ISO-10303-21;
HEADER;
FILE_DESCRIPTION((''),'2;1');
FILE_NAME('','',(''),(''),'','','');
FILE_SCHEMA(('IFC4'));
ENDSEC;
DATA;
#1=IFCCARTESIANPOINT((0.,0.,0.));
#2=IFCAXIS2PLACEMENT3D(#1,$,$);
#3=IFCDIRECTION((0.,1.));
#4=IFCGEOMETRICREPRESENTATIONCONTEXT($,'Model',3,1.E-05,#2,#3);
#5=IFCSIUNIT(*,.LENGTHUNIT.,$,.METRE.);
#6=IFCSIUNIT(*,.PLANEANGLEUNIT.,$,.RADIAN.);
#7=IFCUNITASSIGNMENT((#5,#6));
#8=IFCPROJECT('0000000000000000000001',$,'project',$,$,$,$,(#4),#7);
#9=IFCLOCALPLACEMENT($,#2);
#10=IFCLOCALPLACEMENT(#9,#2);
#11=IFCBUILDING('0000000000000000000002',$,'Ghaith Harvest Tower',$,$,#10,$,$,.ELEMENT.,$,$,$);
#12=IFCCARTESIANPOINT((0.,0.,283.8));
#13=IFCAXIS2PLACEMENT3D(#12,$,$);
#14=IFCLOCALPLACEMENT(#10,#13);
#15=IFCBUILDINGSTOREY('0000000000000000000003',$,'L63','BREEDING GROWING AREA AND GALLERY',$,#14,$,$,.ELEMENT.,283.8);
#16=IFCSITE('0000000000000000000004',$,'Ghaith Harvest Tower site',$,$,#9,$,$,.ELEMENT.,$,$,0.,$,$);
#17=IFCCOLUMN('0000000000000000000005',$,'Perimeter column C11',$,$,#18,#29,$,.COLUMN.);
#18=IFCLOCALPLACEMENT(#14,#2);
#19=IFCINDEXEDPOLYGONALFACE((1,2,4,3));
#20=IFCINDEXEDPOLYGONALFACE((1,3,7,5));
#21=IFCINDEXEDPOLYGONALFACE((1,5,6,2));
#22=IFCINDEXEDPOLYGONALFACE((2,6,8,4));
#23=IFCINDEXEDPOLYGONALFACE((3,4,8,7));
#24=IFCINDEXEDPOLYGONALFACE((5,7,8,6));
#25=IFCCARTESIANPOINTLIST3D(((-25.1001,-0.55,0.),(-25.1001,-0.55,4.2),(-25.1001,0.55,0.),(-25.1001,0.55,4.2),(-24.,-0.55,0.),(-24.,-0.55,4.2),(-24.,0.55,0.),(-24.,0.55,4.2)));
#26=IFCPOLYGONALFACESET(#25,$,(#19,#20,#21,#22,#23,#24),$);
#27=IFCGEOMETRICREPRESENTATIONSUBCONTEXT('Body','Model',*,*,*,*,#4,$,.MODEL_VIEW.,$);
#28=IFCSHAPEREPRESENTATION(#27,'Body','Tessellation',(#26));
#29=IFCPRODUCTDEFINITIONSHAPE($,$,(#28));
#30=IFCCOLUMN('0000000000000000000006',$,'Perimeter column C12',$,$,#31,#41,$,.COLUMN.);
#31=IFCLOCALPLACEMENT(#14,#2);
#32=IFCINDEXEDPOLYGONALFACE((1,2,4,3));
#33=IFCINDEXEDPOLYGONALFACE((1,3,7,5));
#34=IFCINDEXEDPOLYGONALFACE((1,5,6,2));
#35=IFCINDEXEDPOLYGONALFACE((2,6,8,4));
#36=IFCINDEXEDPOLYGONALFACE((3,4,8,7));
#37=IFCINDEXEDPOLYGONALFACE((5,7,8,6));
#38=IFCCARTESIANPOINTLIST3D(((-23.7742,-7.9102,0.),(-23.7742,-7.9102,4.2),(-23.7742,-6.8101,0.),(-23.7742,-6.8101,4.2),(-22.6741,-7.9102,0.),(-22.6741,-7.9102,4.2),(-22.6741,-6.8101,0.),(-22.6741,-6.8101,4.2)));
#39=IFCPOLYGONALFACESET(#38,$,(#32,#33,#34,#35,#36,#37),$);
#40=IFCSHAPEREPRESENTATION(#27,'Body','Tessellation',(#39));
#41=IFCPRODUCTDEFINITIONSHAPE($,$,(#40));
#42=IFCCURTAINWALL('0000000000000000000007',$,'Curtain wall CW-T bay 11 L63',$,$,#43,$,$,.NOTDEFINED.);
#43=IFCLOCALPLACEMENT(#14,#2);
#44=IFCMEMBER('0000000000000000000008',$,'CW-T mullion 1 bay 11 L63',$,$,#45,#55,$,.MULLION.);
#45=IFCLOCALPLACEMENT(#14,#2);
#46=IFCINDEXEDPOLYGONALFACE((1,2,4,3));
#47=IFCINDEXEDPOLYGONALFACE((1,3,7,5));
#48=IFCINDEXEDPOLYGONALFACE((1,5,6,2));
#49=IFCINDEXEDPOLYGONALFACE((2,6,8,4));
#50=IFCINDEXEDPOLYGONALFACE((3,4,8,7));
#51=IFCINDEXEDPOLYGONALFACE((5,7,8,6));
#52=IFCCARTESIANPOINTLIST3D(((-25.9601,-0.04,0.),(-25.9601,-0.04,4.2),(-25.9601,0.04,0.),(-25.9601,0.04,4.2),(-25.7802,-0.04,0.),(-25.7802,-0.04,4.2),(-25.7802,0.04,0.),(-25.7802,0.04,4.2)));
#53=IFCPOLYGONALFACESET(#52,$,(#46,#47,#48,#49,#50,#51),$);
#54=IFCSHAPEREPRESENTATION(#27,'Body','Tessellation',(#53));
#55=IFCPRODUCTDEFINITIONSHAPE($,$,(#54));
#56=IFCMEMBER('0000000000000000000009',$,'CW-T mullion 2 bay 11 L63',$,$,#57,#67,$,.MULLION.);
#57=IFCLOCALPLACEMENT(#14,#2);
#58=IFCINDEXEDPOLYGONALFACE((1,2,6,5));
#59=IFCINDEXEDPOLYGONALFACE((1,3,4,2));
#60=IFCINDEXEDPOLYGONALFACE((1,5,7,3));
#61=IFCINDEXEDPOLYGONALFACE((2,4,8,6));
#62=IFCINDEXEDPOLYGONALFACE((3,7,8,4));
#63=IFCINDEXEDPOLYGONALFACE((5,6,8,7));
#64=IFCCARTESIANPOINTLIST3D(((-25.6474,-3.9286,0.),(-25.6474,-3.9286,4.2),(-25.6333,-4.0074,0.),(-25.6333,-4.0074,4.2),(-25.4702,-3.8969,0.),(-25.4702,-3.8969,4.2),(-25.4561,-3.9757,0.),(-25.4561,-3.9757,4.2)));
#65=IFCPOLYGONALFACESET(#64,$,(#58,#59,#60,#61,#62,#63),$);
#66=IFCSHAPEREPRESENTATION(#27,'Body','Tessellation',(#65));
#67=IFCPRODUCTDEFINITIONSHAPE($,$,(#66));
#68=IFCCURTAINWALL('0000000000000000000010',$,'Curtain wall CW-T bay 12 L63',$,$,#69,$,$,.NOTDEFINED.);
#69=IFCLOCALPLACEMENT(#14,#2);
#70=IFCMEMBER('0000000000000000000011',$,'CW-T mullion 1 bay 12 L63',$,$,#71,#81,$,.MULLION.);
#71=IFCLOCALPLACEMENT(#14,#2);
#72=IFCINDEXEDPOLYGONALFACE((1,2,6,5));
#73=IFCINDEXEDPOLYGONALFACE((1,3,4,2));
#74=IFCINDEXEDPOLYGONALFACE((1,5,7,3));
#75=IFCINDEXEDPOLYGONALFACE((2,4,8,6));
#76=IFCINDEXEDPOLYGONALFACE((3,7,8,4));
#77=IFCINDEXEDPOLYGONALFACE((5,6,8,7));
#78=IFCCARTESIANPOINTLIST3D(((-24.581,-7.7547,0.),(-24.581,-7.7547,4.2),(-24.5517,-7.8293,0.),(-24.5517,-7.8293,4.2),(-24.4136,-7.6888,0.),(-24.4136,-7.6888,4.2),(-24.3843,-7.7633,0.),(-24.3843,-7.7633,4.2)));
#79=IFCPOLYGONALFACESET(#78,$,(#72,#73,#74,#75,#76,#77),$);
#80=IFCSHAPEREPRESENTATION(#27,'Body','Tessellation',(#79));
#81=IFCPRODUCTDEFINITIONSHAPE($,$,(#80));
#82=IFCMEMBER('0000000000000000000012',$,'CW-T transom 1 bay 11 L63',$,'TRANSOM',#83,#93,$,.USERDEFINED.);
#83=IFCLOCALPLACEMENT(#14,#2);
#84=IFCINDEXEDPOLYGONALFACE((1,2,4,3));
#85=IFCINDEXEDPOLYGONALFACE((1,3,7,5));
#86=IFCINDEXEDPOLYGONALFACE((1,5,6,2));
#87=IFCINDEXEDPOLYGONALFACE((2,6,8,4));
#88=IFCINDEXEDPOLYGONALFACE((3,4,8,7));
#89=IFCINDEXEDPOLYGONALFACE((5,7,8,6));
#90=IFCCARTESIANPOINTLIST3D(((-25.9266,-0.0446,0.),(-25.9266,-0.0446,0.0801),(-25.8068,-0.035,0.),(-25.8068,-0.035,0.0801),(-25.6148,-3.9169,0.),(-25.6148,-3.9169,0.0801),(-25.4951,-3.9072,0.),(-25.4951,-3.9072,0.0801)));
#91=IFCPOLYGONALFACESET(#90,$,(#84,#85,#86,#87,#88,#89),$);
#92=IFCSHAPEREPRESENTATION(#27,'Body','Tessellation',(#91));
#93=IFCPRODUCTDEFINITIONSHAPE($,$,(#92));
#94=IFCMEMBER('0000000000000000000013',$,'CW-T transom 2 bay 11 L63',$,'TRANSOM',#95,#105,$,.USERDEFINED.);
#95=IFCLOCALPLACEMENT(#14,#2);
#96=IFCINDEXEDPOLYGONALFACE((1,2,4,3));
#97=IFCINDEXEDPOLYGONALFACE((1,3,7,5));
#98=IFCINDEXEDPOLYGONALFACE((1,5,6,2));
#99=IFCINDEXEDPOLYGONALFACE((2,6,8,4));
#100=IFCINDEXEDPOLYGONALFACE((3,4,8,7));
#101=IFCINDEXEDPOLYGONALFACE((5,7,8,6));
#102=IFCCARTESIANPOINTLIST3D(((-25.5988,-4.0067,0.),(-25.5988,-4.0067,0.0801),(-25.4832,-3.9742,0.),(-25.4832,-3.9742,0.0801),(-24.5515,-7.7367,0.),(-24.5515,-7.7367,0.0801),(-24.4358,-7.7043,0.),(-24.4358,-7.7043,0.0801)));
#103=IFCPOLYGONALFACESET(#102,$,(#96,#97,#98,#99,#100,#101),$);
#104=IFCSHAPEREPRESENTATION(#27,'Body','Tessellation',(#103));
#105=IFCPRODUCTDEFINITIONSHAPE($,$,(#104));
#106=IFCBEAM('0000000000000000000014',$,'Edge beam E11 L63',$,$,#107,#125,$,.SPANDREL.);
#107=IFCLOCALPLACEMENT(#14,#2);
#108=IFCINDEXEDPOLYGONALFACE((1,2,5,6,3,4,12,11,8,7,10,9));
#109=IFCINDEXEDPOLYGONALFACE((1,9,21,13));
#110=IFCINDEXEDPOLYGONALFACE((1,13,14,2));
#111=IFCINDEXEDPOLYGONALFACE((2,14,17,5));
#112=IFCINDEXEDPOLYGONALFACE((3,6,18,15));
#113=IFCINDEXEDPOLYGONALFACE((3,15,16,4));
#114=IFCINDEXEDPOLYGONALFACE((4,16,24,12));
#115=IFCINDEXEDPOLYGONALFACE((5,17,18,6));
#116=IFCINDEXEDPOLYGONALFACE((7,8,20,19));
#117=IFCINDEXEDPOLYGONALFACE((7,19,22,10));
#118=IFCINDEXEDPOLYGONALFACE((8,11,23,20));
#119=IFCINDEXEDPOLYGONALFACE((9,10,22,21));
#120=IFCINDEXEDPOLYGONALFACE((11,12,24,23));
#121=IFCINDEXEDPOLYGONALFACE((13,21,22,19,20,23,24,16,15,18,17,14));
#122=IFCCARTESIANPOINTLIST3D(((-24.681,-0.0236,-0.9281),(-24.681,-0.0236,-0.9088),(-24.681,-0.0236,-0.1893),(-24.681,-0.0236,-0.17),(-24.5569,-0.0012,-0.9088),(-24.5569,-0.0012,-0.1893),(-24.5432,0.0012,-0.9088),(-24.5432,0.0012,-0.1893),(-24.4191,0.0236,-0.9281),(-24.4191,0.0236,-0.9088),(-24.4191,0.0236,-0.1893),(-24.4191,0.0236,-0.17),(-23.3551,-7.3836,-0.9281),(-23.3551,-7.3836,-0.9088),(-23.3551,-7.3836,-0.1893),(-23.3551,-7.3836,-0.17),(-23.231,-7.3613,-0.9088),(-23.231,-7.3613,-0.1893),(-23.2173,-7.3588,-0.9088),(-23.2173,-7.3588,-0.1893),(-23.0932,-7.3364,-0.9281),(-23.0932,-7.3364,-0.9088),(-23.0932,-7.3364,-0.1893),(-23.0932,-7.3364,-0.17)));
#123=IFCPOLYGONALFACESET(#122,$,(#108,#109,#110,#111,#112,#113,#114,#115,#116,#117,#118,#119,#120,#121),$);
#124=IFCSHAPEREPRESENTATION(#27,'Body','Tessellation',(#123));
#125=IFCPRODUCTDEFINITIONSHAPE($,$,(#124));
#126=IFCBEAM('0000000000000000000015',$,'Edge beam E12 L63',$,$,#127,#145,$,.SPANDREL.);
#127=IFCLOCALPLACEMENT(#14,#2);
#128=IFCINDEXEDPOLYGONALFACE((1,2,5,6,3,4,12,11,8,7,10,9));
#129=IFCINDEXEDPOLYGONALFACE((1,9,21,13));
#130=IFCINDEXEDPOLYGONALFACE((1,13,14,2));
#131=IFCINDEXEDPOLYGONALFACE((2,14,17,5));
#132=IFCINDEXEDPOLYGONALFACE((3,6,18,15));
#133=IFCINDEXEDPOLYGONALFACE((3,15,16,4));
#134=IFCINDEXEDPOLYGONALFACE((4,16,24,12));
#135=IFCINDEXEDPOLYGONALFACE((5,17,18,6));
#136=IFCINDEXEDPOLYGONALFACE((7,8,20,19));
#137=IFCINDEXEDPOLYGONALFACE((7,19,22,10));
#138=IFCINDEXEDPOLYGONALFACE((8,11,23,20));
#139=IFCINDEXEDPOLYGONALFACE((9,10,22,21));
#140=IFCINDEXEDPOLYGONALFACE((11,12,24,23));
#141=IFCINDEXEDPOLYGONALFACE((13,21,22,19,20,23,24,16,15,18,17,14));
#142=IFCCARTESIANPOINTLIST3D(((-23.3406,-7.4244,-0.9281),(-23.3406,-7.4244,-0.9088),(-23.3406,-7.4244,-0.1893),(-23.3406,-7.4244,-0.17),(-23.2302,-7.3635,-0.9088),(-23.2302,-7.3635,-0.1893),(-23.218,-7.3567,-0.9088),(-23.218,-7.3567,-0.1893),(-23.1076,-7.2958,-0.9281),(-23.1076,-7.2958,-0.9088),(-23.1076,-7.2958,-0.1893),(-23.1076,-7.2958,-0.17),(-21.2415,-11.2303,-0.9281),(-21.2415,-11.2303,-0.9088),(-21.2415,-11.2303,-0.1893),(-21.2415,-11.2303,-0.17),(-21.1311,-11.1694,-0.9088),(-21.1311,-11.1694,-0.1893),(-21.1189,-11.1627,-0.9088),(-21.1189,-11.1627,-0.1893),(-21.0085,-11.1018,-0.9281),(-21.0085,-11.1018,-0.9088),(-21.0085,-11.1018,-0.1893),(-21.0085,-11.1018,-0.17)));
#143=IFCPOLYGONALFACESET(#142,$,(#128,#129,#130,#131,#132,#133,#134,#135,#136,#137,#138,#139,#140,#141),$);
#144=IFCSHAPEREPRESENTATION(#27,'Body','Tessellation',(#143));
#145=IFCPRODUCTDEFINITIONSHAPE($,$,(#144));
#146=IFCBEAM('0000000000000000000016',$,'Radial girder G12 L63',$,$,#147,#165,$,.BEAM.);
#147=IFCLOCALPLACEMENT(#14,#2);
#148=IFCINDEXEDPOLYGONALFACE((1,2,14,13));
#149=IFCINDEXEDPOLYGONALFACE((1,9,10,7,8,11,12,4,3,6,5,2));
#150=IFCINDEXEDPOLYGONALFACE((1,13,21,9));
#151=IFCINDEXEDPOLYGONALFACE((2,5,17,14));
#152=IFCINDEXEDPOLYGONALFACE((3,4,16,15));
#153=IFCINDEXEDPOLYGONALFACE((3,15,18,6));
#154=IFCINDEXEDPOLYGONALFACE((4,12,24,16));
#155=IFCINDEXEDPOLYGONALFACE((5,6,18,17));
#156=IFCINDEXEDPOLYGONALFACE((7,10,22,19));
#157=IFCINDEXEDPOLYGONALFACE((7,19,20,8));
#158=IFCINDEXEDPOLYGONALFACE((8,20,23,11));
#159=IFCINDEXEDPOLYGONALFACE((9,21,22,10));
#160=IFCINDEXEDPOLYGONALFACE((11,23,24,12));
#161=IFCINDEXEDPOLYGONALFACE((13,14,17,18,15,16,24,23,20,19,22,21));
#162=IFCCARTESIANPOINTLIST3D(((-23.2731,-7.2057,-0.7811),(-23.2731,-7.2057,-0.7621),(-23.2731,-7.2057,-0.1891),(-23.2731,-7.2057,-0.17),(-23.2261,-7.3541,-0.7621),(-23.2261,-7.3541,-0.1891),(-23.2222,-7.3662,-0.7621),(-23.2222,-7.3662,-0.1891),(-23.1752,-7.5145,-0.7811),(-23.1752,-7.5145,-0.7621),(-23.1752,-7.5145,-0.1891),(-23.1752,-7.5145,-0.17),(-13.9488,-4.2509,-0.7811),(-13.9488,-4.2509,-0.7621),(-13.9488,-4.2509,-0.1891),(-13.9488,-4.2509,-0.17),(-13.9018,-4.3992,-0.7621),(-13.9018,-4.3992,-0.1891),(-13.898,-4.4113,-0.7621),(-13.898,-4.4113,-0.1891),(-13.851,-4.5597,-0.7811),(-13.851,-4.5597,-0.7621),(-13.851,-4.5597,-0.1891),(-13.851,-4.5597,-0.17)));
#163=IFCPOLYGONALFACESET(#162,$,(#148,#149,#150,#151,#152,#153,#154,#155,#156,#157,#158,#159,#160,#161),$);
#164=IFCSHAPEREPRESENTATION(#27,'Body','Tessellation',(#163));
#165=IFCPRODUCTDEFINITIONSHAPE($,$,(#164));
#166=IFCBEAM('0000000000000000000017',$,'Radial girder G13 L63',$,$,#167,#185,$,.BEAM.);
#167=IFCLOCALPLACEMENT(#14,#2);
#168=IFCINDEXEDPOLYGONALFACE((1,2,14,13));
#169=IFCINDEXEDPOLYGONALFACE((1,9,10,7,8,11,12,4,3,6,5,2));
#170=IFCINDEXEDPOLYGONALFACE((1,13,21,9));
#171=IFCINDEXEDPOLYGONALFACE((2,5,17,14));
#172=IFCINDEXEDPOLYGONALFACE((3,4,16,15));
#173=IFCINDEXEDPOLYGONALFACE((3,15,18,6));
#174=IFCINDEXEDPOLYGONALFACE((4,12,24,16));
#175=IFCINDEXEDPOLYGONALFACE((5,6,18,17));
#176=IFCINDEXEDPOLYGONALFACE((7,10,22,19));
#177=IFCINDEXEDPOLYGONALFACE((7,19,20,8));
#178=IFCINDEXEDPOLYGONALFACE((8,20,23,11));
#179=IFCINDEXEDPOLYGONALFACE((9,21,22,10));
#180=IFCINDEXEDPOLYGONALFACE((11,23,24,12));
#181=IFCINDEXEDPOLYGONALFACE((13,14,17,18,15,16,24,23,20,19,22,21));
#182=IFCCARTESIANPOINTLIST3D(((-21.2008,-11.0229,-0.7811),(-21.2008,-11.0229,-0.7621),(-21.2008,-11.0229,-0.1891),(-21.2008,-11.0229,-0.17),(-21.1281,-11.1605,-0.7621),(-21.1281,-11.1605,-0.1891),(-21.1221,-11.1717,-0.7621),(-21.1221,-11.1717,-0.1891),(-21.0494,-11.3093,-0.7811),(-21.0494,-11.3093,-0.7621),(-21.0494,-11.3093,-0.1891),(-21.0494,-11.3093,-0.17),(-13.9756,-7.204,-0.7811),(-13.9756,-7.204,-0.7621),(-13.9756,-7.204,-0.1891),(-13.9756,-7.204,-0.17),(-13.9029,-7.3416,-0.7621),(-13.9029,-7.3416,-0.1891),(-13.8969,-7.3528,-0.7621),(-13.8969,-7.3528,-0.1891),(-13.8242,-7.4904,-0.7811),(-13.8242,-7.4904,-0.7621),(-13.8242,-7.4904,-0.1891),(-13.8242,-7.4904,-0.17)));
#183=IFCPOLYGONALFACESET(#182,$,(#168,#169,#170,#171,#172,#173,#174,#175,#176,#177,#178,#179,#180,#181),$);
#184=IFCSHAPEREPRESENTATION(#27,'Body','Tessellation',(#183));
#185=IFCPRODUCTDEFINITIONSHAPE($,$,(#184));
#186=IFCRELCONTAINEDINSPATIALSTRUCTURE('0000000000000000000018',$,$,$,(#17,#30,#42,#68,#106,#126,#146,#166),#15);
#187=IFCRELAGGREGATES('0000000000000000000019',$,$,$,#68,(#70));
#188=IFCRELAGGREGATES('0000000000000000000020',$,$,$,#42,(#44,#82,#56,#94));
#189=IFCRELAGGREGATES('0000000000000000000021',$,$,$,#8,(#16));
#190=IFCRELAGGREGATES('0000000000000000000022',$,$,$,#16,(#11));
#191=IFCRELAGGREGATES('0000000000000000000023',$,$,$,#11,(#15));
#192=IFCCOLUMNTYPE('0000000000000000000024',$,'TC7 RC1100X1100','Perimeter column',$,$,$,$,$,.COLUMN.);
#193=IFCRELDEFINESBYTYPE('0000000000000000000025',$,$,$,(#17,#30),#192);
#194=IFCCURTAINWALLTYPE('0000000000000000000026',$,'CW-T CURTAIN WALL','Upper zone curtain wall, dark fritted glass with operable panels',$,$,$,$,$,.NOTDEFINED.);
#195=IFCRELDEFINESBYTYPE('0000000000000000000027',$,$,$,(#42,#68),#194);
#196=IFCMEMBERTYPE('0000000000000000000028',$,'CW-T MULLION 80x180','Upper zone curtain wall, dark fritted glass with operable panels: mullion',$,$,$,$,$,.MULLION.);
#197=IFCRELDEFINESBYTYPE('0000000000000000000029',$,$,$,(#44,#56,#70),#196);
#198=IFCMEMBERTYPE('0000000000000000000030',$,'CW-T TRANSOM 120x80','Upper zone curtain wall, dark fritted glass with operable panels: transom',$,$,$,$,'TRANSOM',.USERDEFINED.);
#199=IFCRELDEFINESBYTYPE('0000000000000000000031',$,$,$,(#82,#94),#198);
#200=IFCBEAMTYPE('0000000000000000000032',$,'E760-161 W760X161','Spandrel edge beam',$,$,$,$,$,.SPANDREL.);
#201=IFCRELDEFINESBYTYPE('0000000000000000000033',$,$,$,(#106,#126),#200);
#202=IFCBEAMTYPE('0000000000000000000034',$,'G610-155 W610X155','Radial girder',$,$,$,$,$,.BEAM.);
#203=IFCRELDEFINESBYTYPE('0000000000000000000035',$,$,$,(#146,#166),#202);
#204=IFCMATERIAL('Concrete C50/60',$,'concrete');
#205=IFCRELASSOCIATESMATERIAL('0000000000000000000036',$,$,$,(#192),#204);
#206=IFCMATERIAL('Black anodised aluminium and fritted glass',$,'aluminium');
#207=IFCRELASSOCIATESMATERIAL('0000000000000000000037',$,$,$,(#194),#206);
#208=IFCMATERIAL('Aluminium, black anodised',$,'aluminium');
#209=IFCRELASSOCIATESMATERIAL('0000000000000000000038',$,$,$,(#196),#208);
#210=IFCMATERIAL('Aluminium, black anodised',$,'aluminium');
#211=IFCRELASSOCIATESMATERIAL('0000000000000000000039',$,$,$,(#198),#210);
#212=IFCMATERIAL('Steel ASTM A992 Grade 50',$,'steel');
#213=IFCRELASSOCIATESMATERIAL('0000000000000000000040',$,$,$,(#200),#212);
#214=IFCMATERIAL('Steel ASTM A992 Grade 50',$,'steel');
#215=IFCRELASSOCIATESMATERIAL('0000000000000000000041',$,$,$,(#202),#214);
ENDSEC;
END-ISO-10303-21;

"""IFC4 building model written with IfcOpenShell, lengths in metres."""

from ifc_helpers import new_model, si_unit, direction, frame, origin, origin_2d, place, context, subcontext, project, spatial, rectangle, i_section, extrude, material, material_profile, profile_set, type_object, element, aggregate, save


model = new_model("IFC4")

# Units and contexts
model_context = context("Model", 3, precision=1e-05, world=origin(), true_north=direction((0.0, 1.0)))
body_context = subcontext(model_context, "Body", "Model", "MODEL_VIEW")
ifc_project = project(units=[si_unit("LENGTHUNIT", "METRE"), si_unit("PLANEANGLEUNIT", "RADIAN")], contexts=[model_context])

# Site, building, storey
site_placement = place(None, origin())
site = spatial("IfcSite", under=ifc_project, at=site_placement, Name="Ghaith Harvest Tower site", CompositionType="ELEMENT", RefElevation=0.0)
building_placement = place(site_placement, origin())
building = spatial("IfcBuilding", under=site, at=building_placement, Name="Ghaith Harvest Tower", CompositionType="ELEMENT")
storey_placement = place(building_placement, frame((0.0, 0.0, 283.8)))
storey = spatial("IfcBuildingStorey", under=building, at=storey_placement, Name="L63", Description="BREEDING GROWING AREA AND GALLERY", CompositionType="ELEMENT", Elevation=283.8)

# Columns
ifc_material_1 = material(Name="Concrete C50/60", Category="concrete")
ifc_material_profile_1 = material_profile(ifc_material_1, rectangle(XDim=1.1001, YDim=1.1001, at=origin_2d()), Name="RC1100X1100")
ifc_profile_set_1 = profile_set([ifc_material_profile_1], Name="Concrete C50/60")
column_type = type_object("IfcColumnType", Name="TC7 RC1100X1100", Description="Perimeter column", PredefinedType="COLUMN", material=ifc_profile_set_1)
for number, where, z_axis, x_axis, name in (
    (1, (-24.55, 0.0, 0.0), (0.0, 0.0, 1.0), (1.0, 0.0, 0.0), "Perimeter column C11"),
    (2, (-23.2241, -7.3601, 0.0), (0.0, 0.0, 1.0), (1.0, 0.0, 0.0), "Perimeter column C12"),
):
    element("IfcColumn", number, at=place(storey_placement, frame(where, z_axis=z_axis, x_axis=x_axis)), inside=storey, type_object=column_type, Name=name, PredefinedType="COLUMN", context=body_context, shape_type="SweptSolid", body=[
        extrude(rectangle(XDim=1.1001, YDim=1.1001, at=origin_2d()), origin(), (0.0, 0.0, 1.0), 4.2),
    ])

# Curtain wall, members
ifc_material_2 = material(Name="Black anodised aluminium and fritted glass", Category="aluminium")
curtain_wall_type = type_object("IfcCurtainWallType", Name="CW-T CURTAIN WALL", Description="Upper zone curtain wall, dark fritted glass with operable panels", PredefinedType="NOTDEFINED", material=ifc_material_2)
curtain_wall_1_placement = place(storey_placement, origin())
curtain_wall_1 = element("IfcCurtainWall", 3, at=curtain_wall_1_placement, inside=storey, type_object=curtain_wall_type, Name="Curtain wall CW-T bay 11 L63", PredefinedType="NOTDEFINED")
ifc_material_3 = material(Name="Aluminium, black anodised", Category="aluminium")
ifc_material_profile_2 = material_profile(ifc_material_3, rectangle(XDim=0.0801, YDim=0.1799, at=origin_2d()), Name="CW-T MULLION 80x180")
ifc_profile_set_2 = profile_set([ifc_material_profile_2], Name="Aluminium, black anodised")
member_type_1 = type_object("IfcMemberType", Name="CW-T MULLION 80x180", Description="Upper zone curtain wall, dark fritted glass with operable panels: mullion", PredefinedType="MULLION", material=ifc_profile_set_2)
member_1_placement = place(storey_placement, frame((-25.8701, 0.0, 0.0), z_axis=(0.0, 0.0, 1.0), x_axis=(0.0, -1.0, 0.0)))
member_1 = element("IfcMember", 4, at=member_1_placement, type_object=member_type_1, Name="CW-T mullion 1 bay 11 L63", PredefinedType="MULLION", context=body_context, shape_type="SweptSolid", body=[
    extrude(rectangle(XDim=0.0801, YDim=0.1799, at=origin_2d()), origin(), (0.0, 0.0, 1.0), 4.2),
])
member_2_placement = place(storey_placement, frame((-25.5518, -3.9521, 0.0), z_axis=(0.0, 0.0, 1.0), x_axis=(0.176001, -0.98439, 0.0)))
member_2 = element("IfcMember", 5, at=member_2_placement, type_object=member_type_1, Name="CW-T mullion 2 bay 11 L63", PredefinedType="MULLION", context=body_context, shape_type="SweptSolid", body=[
    extrude(rectangle(XDim=0.0801, YDim=0.1799, at=origin_2d()), origin(), (0.0, 0.0, 1.0), 4.2),
])

# Curtain wall, member
curtain_wall_2_placement = place(storey_placement, origin())
curtain_wall_2 = element("IfcCurtainWall", 6, at=curtain_wall_2_placement, inside=storey, type_object=curtain_wall_type, Name="Curtain wall CW-T bay 12 L63", PredefinedType="NOTDEFINED")
member_3_placement = place(storey_placement, frame((-24.4827, -7.759, 0.0), z_axis=(0.0, 0.0, 1.0), x_axis=(0.366473, -0.930429, 0.0)))
member_3 = element("IfcMember", 7, at=member_3_placement, type_object=member_type_1, Name="CW-T mullion 1 bay 12 L63", PredefinedType="MULLION", context=body_context, shape_type="SweptSolid", body=[
    extrude(rectangle(XDim=0.0801, YDim=0.1799, at=origin_2d()), origin(), (0.0, 0.0, 1.0), 4.2),
])
aggregate(curtain_wall_2, [member_3])

# Members
ifc_material_4 = material(Name="Aluminium, black anodised", Category="aluminium")
ifc_material_profile_3 = material_profile(ifc_material_4, rectangle(XDim=0.1201, YDim=0.0801, at=origin_2d()), Name="CW-T TRANSOM 120x80")
ifc_profile_set_3 = profile_set([ifc_material_profile_3], Name="Aluminium, black anodised")
member_type_2 = type_object("IfcMemberType", Name="CW-T TRANSOM 120x80", Description="Upper zone curtain wall, dark fritted glass with operable panels: transom", ElementType="TRANSOM", PredefinedType="USERDEFINED", material=ifc_profile_set_3)
member_4_placement = place(storey_placement, frame((-25.8667, -0.0398, 0.04), z_axis=(0.080252, -0.996775, 0.0), x_axis=(0.996775, 0.080252, 0.0)))
member_4 = element("IfcMember", 8, at=member_4_placement, type_object=member_type_2, Name="CW-T transom 1 bay 11 L63", ObjectType="TRANSOM", PredefinedType="USERDEFINED", context=body_context, shape_type="SweptSolid", body=[
    extrude(rectangle(XDim=0.1201, YDim=0.0801, at=origin_2d()), origin(), (0.0, 0.0, 1.0), 3.8848),
])
member_5_placement = place(storey_placement, frame((-25.541, -3.9905, 0.04), z_axis=(0.27034, -0.962765, 0.0), x_axis=(0.962765, 0.27034, 0.0)))
member_5 = element("IfcMember", 9, at=member_5_placement, type_object=member_type_2, Name="CW-T transom 2 bay 11 L63", ObjectType="TRANSOM", PredefinedType="USERDEFINED", context=body_context, shape_type="SweptSolid", body=[
    extrude(rectangle(XDim=0.1201, YDim=0.0801, at=origin_2d()), origin(), (0.0, 0.0, 1.0), 3.8743),
])

# Beams
ifc_material_5 = material(Name="Steel ASTM A992 Grade 50", Category="steel")
ifc_material_profile_4 = material_profile(ifc_material_5, i_section(OverallWidth=0.2661, OverallDepth=0.7581, WebThickness=0.0139, FlangeThickness=0.0193, at=origin_2d()), Name="W760X161")
ifc_profile_set_4 = profile_set([ifc_material_profile_4], Name="Steel ASTM A992 Grade 50")
beam_type_1 = type_object("IfcBeamType", Name="E760-161 W760X161", Description="Spandrel edge beam", PredefinedType="SPANDREL", material=ifc_profile_set_4)
beam_1_placement = place(storey_placement, frame((-24.55, 0.0, -0.5491), z_axis=(0.177297, -0.984157, 0.0), x_axis=(0.984157, 0.177297, 0.0)))
element("IfcBeam", 10, at=beam_1_placement, inside=storey, type_object=beam_type_1, Name="Edge beam E11 L63", PredefinedType="SPANDREL", context=body_context, shape_type="SweptSolid", body=[
    extrude(i_section(OverallWidth=0.2661, OverallDepth=0.7581, WebThickness=0.0139, FlangeThickness=0.0193, at=origin_2d()), origin(), (0.0, 0.0, 1.0), 7.4785),
])
beam_2_placement = place(storey_placement, frame((-23.2241, -7.3601, -0.5491), z_axis=(0.482956, -0.875645, 0.0), x_axis=(0.875645, 0.482956, 0.0)))
element("IfcBeam", 11, at=beam_2_placement, inside=storey, type_object=beam_type_1, Name="Edge beam E12 L63", PredefinedType="SPANDREL", context=body_context, shape_type="SweptSolid", body=[
    extrude(i_section(OverallWidth=0.2661, OverallDepth=0.7581, WebThickness=0.0139, FlangeThickness=0.0193, at=origin_2d()), origin(), (0.0, 0.0, 1.0), 4.3464),
])
ifc_material_6 = material(Name="Steel ASTM A992 Grade 50", Category="steel")
ifc_material_profile_5 = material_profile(ifc_material_6, i_section(OverallWidth=0.324, OverallDepth=0.6111, WebThickness=0.0127, FlangeThickness=0.019, at=origin_2d()), Name="W610X155")
ifc_profile_set_5 = profile_set([ifc_material_profile_5], Name="Steel ASTM A992 Grade 50")
beam_type_2 = type_object("IfcBeamType", Name="G610-155 W610X155", Description="Radial girder", PredefinedType="BEAM", material=ifc_profile_set_5)
beam_3_placement = place(storey_placement, frame((-13.8999, -4.4053, -0.4756), z_axis=(-0.953279, -0.302093, 0.0), x_axis=(0.302093, -0.953279, 0.0)))
element("IfcBeam", 12, at=beam_3_placement, inside=storey, type_object=beam_type_2, Name="Radial girder G12 L63", PredefinedType="BEAM", context=body_context, shape_type="SweptSolid", body=[
    extrude(i_section(OverallWidth=0.324, OverallDepth=0.6111, WebThickness=0.0127, FlangeThickness=0.019, at=origin_2d()), origin(), (0.0, 0.0, 1.0), 9.7812),
])
beam_4_placement = place(storey_placement, frame((-13.8999, -7.3472, -0.4756), z_axis=(-0.884102, -0.467295, 0.0), x_axis=(0.467295, -0.884102, 0.0)))
element("IfcBeam", 13, at=beam_4_placement, inside=storey, type_object=beam_type_2, Name="Radial girder G13 L63", PredefinedType="BEAM", context=body_context, shape_type="SweptSolid", body=[
    extrude(i_section(OverallWidth=0.324, OverallDepth=0.6111, WebThickness=0.0127, FlangeThickness=0.019, at=origin_2d()), origin(), (0.0, 0.0, 1.0), 8.1724),
])

aggregate(curtain_wall_1, [member_1, member_4, member_2, member_5])

save(model, "model.ifc")
